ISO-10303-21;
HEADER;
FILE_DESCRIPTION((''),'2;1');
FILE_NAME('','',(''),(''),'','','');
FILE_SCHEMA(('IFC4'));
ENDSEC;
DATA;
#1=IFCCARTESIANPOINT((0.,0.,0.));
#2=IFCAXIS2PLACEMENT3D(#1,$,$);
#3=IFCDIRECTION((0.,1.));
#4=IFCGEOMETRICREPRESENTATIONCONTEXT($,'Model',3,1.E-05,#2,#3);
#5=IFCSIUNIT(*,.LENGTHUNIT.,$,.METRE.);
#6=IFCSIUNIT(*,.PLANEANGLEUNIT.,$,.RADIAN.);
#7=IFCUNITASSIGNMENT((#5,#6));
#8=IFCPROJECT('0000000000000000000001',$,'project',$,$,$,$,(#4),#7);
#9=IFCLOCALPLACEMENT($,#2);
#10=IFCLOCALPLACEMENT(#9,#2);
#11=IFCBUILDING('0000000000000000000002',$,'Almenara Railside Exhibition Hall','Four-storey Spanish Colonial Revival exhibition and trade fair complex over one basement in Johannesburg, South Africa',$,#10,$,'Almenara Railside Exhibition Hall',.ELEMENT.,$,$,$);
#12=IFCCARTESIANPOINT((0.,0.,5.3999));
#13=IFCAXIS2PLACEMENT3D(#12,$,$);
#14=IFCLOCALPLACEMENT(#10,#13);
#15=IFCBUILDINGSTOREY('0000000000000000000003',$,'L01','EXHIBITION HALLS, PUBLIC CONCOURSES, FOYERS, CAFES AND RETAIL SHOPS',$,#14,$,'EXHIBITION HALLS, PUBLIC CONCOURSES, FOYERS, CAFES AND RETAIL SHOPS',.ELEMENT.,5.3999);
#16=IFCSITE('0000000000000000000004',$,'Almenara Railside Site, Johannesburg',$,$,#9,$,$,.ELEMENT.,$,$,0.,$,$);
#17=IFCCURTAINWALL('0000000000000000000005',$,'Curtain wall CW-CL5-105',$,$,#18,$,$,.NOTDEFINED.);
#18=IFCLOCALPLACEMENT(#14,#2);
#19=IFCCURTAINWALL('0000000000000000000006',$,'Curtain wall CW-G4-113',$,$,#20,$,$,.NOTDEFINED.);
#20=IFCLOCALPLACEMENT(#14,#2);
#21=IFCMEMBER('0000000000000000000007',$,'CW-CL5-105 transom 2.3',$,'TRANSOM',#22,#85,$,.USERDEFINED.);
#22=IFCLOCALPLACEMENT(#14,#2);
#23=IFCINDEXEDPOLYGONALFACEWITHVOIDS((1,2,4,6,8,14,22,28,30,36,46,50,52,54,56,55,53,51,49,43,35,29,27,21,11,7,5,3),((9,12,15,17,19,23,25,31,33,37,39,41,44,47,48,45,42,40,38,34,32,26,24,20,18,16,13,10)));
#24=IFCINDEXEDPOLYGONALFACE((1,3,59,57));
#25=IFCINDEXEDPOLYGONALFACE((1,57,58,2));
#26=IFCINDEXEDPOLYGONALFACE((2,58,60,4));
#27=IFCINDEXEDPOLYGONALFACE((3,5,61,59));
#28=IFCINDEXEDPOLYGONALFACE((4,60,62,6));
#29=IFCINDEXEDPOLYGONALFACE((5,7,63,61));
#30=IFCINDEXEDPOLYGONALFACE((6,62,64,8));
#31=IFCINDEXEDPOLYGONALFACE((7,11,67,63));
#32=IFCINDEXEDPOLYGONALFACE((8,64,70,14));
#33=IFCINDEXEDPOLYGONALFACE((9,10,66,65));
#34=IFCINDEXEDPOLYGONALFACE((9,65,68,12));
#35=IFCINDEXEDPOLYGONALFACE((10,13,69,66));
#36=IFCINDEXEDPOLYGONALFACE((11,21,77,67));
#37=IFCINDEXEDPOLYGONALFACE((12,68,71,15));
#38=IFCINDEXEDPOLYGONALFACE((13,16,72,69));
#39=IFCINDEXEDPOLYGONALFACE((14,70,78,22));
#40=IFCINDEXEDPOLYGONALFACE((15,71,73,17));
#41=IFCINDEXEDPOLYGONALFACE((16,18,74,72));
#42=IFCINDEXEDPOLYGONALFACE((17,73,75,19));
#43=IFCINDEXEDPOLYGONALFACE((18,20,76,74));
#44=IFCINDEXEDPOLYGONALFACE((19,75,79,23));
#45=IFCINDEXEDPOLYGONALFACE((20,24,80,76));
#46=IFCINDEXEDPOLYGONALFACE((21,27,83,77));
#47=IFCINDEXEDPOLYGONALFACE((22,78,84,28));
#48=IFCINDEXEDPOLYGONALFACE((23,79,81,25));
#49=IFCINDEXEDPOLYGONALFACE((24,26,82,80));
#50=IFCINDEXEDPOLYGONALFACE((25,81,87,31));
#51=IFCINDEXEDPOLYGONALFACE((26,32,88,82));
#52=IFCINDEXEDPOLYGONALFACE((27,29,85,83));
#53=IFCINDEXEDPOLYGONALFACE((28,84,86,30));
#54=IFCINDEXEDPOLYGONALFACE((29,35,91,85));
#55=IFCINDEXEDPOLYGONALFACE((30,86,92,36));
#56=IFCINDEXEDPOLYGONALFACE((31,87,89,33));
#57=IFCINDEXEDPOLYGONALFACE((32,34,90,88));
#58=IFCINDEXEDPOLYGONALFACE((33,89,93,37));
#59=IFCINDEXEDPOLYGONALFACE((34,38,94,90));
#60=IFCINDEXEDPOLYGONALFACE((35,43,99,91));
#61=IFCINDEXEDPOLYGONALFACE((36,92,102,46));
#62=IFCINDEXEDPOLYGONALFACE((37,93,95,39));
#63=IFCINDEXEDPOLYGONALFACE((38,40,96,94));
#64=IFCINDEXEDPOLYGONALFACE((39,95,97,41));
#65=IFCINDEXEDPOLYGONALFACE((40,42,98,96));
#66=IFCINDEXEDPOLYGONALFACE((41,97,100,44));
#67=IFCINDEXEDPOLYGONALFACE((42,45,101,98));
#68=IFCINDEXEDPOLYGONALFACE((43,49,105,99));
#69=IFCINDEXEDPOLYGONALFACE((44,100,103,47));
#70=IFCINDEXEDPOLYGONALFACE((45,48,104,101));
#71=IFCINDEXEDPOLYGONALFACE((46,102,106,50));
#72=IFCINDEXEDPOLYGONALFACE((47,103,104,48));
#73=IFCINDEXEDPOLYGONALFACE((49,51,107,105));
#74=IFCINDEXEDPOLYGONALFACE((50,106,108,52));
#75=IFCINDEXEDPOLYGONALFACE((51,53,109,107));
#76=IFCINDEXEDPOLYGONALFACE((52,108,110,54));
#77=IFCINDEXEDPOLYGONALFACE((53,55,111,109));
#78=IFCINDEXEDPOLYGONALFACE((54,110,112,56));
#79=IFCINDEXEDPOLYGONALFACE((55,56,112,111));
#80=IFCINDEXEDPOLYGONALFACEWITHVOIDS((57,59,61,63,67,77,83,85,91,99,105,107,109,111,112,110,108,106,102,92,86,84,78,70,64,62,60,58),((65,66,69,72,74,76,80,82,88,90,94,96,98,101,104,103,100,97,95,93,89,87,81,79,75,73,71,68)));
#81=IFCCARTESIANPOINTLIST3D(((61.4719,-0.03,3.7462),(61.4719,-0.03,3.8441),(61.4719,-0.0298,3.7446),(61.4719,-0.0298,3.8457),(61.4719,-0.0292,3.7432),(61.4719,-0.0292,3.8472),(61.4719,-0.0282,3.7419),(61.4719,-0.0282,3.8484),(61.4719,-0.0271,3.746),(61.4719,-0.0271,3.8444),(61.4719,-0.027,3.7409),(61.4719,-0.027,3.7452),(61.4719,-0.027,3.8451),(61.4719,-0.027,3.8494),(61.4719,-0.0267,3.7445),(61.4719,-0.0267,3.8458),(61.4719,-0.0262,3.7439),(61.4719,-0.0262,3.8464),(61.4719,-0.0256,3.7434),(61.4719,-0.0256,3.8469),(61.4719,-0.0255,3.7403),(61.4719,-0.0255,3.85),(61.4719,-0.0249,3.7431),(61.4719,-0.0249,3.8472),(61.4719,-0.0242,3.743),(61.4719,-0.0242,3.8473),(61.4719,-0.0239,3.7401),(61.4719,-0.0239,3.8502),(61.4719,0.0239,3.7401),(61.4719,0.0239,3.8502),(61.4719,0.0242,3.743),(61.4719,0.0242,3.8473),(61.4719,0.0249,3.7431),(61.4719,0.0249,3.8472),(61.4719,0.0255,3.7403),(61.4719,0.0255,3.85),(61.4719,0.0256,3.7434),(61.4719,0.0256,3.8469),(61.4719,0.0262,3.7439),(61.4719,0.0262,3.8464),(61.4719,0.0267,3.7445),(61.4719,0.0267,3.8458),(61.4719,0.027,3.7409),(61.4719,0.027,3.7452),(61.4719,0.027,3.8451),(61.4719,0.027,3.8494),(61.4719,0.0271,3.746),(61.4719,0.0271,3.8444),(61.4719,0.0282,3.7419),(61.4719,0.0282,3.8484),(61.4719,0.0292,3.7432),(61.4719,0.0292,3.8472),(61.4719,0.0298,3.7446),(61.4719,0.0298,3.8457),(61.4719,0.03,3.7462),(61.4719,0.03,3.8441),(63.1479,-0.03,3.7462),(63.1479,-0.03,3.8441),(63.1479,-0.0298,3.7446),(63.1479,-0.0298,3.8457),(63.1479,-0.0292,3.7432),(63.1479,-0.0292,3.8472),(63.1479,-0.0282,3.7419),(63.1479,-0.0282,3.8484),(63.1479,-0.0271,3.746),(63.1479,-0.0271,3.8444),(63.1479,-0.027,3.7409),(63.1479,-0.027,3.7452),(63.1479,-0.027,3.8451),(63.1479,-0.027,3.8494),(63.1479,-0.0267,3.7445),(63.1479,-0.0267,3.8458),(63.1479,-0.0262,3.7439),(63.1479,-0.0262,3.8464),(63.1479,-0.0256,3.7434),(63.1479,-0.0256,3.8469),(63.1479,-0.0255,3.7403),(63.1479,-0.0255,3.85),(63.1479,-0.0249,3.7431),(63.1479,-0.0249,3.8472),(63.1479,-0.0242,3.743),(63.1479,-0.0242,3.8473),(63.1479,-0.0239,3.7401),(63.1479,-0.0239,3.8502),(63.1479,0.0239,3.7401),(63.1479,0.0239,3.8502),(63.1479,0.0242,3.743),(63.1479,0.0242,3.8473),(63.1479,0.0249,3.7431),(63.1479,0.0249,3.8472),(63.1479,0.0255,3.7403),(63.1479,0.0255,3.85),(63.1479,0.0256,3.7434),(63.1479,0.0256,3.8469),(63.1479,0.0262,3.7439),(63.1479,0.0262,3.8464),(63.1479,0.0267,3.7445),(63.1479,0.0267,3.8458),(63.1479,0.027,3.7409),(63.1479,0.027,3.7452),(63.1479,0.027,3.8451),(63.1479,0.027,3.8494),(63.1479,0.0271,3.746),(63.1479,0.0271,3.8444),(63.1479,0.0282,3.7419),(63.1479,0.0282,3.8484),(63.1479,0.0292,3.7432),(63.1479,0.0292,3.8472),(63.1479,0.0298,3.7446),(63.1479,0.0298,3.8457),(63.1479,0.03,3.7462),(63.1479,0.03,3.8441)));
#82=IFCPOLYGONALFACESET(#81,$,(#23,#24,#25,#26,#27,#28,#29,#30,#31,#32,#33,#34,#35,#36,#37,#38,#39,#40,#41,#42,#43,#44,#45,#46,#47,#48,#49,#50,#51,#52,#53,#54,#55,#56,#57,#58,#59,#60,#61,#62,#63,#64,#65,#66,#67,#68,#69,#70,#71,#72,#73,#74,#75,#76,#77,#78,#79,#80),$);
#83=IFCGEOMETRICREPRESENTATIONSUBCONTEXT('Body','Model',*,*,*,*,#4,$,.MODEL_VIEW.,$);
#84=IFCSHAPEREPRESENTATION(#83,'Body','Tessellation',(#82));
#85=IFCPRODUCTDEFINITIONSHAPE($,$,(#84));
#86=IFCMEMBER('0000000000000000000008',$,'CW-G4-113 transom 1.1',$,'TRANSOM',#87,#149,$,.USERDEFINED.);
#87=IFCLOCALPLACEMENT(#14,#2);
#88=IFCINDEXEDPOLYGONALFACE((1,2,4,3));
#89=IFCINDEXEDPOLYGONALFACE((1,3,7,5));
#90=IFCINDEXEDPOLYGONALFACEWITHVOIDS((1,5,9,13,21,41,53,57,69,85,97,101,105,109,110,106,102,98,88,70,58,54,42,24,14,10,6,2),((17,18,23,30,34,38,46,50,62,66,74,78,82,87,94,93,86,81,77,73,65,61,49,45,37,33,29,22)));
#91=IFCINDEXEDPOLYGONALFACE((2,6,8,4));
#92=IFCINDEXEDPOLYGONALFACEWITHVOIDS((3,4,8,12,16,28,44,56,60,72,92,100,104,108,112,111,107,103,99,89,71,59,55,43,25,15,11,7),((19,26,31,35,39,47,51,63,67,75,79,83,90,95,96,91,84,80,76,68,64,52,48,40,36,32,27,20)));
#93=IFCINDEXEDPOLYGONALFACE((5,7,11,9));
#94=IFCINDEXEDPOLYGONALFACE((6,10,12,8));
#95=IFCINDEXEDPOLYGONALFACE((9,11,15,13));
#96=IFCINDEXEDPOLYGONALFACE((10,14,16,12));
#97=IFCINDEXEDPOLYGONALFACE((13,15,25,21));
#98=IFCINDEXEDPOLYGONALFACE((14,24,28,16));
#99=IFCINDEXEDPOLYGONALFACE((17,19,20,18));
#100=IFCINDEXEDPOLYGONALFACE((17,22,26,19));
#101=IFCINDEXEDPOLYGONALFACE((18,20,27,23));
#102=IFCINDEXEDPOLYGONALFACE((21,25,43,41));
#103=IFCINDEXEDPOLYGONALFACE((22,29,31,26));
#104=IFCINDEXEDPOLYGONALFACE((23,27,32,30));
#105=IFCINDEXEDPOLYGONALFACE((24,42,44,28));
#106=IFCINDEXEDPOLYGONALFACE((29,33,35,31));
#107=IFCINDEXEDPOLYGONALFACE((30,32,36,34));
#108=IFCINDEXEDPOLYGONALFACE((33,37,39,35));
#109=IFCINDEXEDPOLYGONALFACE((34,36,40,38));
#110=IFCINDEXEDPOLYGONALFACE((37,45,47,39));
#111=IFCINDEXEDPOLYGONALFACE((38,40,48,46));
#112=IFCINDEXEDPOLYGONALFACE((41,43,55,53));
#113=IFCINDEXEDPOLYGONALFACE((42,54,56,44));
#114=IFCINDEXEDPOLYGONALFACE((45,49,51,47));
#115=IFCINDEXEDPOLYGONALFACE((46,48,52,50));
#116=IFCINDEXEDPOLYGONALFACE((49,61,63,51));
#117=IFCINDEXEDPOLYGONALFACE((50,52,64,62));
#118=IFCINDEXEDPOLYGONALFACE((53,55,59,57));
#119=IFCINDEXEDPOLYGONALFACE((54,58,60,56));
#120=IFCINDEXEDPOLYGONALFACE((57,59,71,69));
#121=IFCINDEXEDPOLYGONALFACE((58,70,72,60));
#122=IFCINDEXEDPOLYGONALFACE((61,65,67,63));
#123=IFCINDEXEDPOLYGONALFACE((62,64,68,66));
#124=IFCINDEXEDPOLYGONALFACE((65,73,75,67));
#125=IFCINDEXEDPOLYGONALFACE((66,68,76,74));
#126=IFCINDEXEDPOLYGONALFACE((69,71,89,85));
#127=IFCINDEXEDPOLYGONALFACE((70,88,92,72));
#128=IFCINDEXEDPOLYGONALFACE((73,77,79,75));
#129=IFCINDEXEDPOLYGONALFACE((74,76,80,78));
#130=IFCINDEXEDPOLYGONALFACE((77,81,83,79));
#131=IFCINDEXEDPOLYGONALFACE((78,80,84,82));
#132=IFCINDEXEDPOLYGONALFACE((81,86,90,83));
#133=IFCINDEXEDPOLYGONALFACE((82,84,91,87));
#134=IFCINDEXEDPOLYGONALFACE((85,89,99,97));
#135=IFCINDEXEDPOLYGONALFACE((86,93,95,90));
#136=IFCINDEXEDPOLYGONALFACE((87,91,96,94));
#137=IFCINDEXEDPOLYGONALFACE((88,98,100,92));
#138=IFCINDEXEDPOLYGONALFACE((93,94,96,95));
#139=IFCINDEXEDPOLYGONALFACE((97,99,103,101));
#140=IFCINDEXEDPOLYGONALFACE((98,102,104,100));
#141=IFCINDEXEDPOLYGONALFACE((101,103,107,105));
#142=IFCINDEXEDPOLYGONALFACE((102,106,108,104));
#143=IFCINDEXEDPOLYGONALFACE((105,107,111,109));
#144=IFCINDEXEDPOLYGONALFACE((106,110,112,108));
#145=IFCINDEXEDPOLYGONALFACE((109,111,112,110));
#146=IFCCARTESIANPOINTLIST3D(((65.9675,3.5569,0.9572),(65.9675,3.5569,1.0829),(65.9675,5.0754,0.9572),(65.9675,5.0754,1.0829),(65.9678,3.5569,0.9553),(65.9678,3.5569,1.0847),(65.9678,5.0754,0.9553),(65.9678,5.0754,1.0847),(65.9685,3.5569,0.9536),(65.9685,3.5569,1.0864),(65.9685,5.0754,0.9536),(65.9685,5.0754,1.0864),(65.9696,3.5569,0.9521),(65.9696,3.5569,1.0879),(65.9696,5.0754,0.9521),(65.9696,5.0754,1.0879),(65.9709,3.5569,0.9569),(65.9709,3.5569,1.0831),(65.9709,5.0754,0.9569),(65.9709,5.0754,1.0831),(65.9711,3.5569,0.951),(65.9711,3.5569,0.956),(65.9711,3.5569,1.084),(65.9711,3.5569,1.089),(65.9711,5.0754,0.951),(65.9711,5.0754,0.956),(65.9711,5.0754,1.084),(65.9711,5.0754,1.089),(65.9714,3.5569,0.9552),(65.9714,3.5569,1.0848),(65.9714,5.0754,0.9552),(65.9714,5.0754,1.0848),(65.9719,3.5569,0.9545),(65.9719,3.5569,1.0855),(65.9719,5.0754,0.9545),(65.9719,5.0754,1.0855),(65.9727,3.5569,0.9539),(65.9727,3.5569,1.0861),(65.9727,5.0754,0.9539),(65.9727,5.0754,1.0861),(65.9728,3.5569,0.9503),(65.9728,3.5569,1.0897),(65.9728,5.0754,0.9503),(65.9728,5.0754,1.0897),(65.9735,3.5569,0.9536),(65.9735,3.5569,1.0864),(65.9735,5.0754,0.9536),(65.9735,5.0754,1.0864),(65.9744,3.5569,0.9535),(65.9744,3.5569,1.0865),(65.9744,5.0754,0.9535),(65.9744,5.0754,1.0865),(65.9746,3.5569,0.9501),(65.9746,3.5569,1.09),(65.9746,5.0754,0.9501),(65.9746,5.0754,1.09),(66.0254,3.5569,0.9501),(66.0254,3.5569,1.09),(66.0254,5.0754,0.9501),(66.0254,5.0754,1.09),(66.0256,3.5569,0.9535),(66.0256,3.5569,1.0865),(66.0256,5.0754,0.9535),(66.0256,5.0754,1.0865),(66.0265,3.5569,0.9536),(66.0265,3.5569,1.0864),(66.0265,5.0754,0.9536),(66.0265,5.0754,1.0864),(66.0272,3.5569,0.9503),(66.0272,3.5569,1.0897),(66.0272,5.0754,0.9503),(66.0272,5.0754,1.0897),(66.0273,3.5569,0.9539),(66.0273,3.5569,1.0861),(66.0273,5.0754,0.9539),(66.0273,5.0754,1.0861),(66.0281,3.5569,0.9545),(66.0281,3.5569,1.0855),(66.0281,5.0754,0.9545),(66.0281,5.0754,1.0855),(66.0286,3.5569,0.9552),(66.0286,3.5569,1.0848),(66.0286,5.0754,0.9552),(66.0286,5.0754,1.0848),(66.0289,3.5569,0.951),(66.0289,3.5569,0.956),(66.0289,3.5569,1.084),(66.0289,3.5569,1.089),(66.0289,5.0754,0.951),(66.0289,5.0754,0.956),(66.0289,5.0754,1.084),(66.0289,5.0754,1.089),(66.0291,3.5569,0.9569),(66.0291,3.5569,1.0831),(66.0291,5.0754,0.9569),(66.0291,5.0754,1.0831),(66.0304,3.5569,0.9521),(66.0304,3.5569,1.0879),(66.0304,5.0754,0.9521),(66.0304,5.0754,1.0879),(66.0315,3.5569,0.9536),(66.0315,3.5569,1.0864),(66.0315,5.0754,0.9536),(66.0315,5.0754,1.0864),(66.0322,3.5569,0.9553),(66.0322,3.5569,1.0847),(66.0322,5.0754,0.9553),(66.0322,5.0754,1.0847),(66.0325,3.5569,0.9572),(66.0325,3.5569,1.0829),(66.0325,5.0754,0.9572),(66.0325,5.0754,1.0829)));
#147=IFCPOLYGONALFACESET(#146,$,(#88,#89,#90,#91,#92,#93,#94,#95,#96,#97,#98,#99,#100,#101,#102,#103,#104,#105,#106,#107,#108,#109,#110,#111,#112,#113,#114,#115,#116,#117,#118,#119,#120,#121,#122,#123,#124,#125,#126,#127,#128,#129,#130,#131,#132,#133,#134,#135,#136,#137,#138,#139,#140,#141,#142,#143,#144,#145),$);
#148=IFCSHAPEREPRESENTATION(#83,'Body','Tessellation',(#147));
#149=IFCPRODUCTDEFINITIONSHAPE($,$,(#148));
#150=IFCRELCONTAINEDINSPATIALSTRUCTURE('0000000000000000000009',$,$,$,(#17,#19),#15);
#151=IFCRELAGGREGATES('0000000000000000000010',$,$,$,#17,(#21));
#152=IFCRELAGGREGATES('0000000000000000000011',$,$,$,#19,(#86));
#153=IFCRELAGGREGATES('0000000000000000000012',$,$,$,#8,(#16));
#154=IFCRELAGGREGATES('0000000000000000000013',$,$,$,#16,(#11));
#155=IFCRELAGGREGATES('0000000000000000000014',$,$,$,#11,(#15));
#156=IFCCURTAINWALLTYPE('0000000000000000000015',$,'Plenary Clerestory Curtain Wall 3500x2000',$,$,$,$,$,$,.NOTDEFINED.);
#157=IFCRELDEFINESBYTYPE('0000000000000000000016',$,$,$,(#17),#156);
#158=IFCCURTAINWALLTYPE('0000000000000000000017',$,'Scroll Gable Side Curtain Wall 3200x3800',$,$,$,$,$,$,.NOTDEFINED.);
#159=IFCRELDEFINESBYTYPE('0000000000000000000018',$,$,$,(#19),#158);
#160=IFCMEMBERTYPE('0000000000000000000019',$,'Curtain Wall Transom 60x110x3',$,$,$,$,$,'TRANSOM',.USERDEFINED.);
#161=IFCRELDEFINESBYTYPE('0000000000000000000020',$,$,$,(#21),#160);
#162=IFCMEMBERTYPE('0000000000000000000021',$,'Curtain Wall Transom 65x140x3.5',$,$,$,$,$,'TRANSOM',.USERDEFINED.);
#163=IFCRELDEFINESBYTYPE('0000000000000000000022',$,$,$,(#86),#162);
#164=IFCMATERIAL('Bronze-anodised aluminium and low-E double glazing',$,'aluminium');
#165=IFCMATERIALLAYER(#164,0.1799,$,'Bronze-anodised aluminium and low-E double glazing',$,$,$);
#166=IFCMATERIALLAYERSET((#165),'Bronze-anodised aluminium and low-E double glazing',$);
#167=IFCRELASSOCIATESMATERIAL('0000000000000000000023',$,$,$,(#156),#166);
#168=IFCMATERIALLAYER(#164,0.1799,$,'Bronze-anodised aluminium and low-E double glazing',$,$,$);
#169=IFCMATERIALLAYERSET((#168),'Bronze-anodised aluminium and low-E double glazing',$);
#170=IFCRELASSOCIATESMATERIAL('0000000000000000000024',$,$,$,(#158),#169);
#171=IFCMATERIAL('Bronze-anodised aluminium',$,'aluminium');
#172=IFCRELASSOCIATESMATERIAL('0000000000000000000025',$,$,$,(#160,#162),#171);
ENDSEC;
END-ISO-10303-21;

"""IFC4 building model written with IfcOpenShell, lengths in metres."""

from ifc_helpers import new_model, si_unit, direction, frame, origin, origin_2d, place, context, subcontext, project, spatial, hollow_rectangle, extrude, material, layer, layer_set, material_profile, profile_set, type_object, element, aggregate, save


model = new_model("IFC4")

# Units and contexts
model_context = context("Model", 3, precision=1e-05, world=origin(), true_north=direction((0.0, 1.0)))
body_context = subcontext(model_context, "Body", "Model", "MODEL_VIEW")
ifc_project = project(units=[si_unit("LENGTHUNIT", "METRE"), si_unit("PLANEANGLEUNIT", "RADIAN")], contexts=[model_context])

# Site, building, storey
site_placement = place(None, origin())
site = spatial("IfcSite", under=ifc_project, at=site_placement, Name="Almenara Railside Site, Johannesburg", CompositionType="ELEMENT", RefElevation=0.0)
building_placement = place(site_placement, origin())
building = spatial("IfcBuilding", under=site, at=building_placement, Name="Almenara Railside Exhibition Hall", Description="Four-storey Spanish Colonial Revival exhibition and trade fair complex over one basement in Johannesburg, South Africa", LongName="Almenara Railside Exhibition Hall", CompositionType="ELEMENT")
storey_placement = place(building_placement, frame((0.0, 0.0, 5.3999)))
storey = spatial("IfcBuildingStorey", under=building, at=storey_placement, Name="L01", Description="EXHIBITION HALLS, PUBLIC CONCOURSES, FOYERS, CAFES AND RETAIL SHOPS", LongName="EXHIBITION HALLS, PUBLIC CONCOURSES, FOYERS, CAFES AND RETAIL SHOPS", CompositionType="ELEMENT", Elevation=5.3999)

# Curtain walls
ifc_material_1 = material(Name="Bronze-anodised aluminium and low-E double glazing", Category="aluminium")
ifc_layer_1 = layer(ifc_material_1, 0.1799, Name="Bronze-anodised aluminium and low-E double glazing")
ifc_layer_set_1 = layer_set([ifc_layer_1], Name="Bronze-anodised aluminium and low-E double glazing")
curtain_wall_type_1 = type_object("IfcCurtainWallType", Name="Plenary Clerestory Curtain Wall 3500x2000", PredefinedType="NOTDEFINED", material=ifc_layer_set_1)
curtain_wall_1_placement = place(storey_placement, origin())
curtain_wall_1 = element("IfcCurtainWall", 1, at=curtain_wall_1_placement, inside=storey, type_object=curtain_wall_type_1, Name="Curtain wall CW-CL5-105", PredefinedType="NOTDEFINED")
ifc_material_2 = material(Name="Bronze-anodised aluminium", Category="aluminium")
ifc_layer_2 = layer(ifc_material_1, 0.1799, Name="Bronze-anodised aluminium and low-E double glazing")
ifc_layer_set_2 = layer_set([ifc_layer_2], Name="Bronze-anodised aluminium and low-E double glazing")
curtain_wall_type_2 = type_object("IfcCurtainWallType", Name="Scroll Gable Side Curtain Wall 3200x3800", PredefinedType="NOTDEFINED", material=ifc_layer_set_2)
curtain_wall_2_placement = place(storey_placement, origin())
curtain_wall_2 = element("IfcCurtainWall", 2, at=curtain_wall_2_placement, inside=storey, type_object=curtain_wall_type_2, Name="Curtain wall CW-G4-113", PredefinedType="NOTDEFINED")

# Members
ifc_material_profile_1 = material_profile(ifc_material_2, hollow_rectangle(XDim=0.0601, YDim=0.1101, WallThickness=0.0029, InnerFilletRadius=0.0029, OuterFilletRadius=0.0061, at=origin_2d()), Name="ALU-TRN 60x110x3")
ifc_profile_set_1 = profile_set([ifc_material_profile_1], Name="Bronze-anodised aluminium")
member_type_1 = type_object("IfcMemberType", Name="Curtain Wall Transom 60x110x3", ElementType="TRANSOM", PredefinedType="USERDEFINED", material=ifc_profile_set_1)
member_1_placement = place(storey_placement, frame((61.4719, 0.0, 3.7952), z_axis=(1.0, 0.0, 0.0), x_axis=(0.0, 1.0, 0.0)))
member_1 = element("IfcMember", 3, at=member_1_placement, type_object=member_type_1, Name="CW-CL5-105 transom 2.3", ObjectType="TRANSOM", PredefinedType="USERDEFINED", context=body_context, shape_type="SweptSolid", body=[
    extrude(hollow_rectangle(XDim=0.0601, YDim=0.1101, WallThickness=0.0029, InnerFilletRadius=0.0029, OuterFilletRadius=0.0061, at=origin_2d()), origin(), (0.0, 0.0, 1.0), 1.676),
])
ifc_material_profile_2 = material_profile(ifc_material_2, hollow_rectangle(XDim=0.0649, YDim=0.1399, WallThickness=0.0034, InnerFilletRadius=0.0034, OuterFilletRadius=0.0071, at=origin_2d()), Name="ALU-TRN 65x140x3.5")
ifc_profile_set_2 = profile_set([ifc_material_profile_2], Name="Bronze-anodised aluminium")
member_type_2 = type_object("IfcMemberType", Name="Curtain Wall Transom 65x140x3.5", ElementType="TRANSOM", PredefinedType="USERDEFINED", material=ifc_profile_set_2)
member_2_placement = place(storey_placement, frame((66.0, 3.5569, 1.02), z_axis=(0.0, 1.0, 0.0), x_axis=(-1.0, 0.0, 0.0)))
member_2 = element("IfcMember", 4, at=member_2_placement, type_object=member_type_2, Name="CW-G4-113 transom 1.1", ObjectType="TRANSOM", PredefinedType="USERDEFINED", context=body_context, shape_type="SweptSolid", body=[
    extrude(hollow_rectangle(XDim=0.0649, YDim=0.1399, WallThickness=0.0034, InnerFilletRadius=0.0034, OuterFilletRadius=0.0071, at=origin_2d()), origin(), (0.0, 0.0, 1.0), 1.5186),
])

aggregate(curtain_wall_1, [member_1])
aggregate(curtain_wall_2, [member_2])

save(model, "model.ifc")
